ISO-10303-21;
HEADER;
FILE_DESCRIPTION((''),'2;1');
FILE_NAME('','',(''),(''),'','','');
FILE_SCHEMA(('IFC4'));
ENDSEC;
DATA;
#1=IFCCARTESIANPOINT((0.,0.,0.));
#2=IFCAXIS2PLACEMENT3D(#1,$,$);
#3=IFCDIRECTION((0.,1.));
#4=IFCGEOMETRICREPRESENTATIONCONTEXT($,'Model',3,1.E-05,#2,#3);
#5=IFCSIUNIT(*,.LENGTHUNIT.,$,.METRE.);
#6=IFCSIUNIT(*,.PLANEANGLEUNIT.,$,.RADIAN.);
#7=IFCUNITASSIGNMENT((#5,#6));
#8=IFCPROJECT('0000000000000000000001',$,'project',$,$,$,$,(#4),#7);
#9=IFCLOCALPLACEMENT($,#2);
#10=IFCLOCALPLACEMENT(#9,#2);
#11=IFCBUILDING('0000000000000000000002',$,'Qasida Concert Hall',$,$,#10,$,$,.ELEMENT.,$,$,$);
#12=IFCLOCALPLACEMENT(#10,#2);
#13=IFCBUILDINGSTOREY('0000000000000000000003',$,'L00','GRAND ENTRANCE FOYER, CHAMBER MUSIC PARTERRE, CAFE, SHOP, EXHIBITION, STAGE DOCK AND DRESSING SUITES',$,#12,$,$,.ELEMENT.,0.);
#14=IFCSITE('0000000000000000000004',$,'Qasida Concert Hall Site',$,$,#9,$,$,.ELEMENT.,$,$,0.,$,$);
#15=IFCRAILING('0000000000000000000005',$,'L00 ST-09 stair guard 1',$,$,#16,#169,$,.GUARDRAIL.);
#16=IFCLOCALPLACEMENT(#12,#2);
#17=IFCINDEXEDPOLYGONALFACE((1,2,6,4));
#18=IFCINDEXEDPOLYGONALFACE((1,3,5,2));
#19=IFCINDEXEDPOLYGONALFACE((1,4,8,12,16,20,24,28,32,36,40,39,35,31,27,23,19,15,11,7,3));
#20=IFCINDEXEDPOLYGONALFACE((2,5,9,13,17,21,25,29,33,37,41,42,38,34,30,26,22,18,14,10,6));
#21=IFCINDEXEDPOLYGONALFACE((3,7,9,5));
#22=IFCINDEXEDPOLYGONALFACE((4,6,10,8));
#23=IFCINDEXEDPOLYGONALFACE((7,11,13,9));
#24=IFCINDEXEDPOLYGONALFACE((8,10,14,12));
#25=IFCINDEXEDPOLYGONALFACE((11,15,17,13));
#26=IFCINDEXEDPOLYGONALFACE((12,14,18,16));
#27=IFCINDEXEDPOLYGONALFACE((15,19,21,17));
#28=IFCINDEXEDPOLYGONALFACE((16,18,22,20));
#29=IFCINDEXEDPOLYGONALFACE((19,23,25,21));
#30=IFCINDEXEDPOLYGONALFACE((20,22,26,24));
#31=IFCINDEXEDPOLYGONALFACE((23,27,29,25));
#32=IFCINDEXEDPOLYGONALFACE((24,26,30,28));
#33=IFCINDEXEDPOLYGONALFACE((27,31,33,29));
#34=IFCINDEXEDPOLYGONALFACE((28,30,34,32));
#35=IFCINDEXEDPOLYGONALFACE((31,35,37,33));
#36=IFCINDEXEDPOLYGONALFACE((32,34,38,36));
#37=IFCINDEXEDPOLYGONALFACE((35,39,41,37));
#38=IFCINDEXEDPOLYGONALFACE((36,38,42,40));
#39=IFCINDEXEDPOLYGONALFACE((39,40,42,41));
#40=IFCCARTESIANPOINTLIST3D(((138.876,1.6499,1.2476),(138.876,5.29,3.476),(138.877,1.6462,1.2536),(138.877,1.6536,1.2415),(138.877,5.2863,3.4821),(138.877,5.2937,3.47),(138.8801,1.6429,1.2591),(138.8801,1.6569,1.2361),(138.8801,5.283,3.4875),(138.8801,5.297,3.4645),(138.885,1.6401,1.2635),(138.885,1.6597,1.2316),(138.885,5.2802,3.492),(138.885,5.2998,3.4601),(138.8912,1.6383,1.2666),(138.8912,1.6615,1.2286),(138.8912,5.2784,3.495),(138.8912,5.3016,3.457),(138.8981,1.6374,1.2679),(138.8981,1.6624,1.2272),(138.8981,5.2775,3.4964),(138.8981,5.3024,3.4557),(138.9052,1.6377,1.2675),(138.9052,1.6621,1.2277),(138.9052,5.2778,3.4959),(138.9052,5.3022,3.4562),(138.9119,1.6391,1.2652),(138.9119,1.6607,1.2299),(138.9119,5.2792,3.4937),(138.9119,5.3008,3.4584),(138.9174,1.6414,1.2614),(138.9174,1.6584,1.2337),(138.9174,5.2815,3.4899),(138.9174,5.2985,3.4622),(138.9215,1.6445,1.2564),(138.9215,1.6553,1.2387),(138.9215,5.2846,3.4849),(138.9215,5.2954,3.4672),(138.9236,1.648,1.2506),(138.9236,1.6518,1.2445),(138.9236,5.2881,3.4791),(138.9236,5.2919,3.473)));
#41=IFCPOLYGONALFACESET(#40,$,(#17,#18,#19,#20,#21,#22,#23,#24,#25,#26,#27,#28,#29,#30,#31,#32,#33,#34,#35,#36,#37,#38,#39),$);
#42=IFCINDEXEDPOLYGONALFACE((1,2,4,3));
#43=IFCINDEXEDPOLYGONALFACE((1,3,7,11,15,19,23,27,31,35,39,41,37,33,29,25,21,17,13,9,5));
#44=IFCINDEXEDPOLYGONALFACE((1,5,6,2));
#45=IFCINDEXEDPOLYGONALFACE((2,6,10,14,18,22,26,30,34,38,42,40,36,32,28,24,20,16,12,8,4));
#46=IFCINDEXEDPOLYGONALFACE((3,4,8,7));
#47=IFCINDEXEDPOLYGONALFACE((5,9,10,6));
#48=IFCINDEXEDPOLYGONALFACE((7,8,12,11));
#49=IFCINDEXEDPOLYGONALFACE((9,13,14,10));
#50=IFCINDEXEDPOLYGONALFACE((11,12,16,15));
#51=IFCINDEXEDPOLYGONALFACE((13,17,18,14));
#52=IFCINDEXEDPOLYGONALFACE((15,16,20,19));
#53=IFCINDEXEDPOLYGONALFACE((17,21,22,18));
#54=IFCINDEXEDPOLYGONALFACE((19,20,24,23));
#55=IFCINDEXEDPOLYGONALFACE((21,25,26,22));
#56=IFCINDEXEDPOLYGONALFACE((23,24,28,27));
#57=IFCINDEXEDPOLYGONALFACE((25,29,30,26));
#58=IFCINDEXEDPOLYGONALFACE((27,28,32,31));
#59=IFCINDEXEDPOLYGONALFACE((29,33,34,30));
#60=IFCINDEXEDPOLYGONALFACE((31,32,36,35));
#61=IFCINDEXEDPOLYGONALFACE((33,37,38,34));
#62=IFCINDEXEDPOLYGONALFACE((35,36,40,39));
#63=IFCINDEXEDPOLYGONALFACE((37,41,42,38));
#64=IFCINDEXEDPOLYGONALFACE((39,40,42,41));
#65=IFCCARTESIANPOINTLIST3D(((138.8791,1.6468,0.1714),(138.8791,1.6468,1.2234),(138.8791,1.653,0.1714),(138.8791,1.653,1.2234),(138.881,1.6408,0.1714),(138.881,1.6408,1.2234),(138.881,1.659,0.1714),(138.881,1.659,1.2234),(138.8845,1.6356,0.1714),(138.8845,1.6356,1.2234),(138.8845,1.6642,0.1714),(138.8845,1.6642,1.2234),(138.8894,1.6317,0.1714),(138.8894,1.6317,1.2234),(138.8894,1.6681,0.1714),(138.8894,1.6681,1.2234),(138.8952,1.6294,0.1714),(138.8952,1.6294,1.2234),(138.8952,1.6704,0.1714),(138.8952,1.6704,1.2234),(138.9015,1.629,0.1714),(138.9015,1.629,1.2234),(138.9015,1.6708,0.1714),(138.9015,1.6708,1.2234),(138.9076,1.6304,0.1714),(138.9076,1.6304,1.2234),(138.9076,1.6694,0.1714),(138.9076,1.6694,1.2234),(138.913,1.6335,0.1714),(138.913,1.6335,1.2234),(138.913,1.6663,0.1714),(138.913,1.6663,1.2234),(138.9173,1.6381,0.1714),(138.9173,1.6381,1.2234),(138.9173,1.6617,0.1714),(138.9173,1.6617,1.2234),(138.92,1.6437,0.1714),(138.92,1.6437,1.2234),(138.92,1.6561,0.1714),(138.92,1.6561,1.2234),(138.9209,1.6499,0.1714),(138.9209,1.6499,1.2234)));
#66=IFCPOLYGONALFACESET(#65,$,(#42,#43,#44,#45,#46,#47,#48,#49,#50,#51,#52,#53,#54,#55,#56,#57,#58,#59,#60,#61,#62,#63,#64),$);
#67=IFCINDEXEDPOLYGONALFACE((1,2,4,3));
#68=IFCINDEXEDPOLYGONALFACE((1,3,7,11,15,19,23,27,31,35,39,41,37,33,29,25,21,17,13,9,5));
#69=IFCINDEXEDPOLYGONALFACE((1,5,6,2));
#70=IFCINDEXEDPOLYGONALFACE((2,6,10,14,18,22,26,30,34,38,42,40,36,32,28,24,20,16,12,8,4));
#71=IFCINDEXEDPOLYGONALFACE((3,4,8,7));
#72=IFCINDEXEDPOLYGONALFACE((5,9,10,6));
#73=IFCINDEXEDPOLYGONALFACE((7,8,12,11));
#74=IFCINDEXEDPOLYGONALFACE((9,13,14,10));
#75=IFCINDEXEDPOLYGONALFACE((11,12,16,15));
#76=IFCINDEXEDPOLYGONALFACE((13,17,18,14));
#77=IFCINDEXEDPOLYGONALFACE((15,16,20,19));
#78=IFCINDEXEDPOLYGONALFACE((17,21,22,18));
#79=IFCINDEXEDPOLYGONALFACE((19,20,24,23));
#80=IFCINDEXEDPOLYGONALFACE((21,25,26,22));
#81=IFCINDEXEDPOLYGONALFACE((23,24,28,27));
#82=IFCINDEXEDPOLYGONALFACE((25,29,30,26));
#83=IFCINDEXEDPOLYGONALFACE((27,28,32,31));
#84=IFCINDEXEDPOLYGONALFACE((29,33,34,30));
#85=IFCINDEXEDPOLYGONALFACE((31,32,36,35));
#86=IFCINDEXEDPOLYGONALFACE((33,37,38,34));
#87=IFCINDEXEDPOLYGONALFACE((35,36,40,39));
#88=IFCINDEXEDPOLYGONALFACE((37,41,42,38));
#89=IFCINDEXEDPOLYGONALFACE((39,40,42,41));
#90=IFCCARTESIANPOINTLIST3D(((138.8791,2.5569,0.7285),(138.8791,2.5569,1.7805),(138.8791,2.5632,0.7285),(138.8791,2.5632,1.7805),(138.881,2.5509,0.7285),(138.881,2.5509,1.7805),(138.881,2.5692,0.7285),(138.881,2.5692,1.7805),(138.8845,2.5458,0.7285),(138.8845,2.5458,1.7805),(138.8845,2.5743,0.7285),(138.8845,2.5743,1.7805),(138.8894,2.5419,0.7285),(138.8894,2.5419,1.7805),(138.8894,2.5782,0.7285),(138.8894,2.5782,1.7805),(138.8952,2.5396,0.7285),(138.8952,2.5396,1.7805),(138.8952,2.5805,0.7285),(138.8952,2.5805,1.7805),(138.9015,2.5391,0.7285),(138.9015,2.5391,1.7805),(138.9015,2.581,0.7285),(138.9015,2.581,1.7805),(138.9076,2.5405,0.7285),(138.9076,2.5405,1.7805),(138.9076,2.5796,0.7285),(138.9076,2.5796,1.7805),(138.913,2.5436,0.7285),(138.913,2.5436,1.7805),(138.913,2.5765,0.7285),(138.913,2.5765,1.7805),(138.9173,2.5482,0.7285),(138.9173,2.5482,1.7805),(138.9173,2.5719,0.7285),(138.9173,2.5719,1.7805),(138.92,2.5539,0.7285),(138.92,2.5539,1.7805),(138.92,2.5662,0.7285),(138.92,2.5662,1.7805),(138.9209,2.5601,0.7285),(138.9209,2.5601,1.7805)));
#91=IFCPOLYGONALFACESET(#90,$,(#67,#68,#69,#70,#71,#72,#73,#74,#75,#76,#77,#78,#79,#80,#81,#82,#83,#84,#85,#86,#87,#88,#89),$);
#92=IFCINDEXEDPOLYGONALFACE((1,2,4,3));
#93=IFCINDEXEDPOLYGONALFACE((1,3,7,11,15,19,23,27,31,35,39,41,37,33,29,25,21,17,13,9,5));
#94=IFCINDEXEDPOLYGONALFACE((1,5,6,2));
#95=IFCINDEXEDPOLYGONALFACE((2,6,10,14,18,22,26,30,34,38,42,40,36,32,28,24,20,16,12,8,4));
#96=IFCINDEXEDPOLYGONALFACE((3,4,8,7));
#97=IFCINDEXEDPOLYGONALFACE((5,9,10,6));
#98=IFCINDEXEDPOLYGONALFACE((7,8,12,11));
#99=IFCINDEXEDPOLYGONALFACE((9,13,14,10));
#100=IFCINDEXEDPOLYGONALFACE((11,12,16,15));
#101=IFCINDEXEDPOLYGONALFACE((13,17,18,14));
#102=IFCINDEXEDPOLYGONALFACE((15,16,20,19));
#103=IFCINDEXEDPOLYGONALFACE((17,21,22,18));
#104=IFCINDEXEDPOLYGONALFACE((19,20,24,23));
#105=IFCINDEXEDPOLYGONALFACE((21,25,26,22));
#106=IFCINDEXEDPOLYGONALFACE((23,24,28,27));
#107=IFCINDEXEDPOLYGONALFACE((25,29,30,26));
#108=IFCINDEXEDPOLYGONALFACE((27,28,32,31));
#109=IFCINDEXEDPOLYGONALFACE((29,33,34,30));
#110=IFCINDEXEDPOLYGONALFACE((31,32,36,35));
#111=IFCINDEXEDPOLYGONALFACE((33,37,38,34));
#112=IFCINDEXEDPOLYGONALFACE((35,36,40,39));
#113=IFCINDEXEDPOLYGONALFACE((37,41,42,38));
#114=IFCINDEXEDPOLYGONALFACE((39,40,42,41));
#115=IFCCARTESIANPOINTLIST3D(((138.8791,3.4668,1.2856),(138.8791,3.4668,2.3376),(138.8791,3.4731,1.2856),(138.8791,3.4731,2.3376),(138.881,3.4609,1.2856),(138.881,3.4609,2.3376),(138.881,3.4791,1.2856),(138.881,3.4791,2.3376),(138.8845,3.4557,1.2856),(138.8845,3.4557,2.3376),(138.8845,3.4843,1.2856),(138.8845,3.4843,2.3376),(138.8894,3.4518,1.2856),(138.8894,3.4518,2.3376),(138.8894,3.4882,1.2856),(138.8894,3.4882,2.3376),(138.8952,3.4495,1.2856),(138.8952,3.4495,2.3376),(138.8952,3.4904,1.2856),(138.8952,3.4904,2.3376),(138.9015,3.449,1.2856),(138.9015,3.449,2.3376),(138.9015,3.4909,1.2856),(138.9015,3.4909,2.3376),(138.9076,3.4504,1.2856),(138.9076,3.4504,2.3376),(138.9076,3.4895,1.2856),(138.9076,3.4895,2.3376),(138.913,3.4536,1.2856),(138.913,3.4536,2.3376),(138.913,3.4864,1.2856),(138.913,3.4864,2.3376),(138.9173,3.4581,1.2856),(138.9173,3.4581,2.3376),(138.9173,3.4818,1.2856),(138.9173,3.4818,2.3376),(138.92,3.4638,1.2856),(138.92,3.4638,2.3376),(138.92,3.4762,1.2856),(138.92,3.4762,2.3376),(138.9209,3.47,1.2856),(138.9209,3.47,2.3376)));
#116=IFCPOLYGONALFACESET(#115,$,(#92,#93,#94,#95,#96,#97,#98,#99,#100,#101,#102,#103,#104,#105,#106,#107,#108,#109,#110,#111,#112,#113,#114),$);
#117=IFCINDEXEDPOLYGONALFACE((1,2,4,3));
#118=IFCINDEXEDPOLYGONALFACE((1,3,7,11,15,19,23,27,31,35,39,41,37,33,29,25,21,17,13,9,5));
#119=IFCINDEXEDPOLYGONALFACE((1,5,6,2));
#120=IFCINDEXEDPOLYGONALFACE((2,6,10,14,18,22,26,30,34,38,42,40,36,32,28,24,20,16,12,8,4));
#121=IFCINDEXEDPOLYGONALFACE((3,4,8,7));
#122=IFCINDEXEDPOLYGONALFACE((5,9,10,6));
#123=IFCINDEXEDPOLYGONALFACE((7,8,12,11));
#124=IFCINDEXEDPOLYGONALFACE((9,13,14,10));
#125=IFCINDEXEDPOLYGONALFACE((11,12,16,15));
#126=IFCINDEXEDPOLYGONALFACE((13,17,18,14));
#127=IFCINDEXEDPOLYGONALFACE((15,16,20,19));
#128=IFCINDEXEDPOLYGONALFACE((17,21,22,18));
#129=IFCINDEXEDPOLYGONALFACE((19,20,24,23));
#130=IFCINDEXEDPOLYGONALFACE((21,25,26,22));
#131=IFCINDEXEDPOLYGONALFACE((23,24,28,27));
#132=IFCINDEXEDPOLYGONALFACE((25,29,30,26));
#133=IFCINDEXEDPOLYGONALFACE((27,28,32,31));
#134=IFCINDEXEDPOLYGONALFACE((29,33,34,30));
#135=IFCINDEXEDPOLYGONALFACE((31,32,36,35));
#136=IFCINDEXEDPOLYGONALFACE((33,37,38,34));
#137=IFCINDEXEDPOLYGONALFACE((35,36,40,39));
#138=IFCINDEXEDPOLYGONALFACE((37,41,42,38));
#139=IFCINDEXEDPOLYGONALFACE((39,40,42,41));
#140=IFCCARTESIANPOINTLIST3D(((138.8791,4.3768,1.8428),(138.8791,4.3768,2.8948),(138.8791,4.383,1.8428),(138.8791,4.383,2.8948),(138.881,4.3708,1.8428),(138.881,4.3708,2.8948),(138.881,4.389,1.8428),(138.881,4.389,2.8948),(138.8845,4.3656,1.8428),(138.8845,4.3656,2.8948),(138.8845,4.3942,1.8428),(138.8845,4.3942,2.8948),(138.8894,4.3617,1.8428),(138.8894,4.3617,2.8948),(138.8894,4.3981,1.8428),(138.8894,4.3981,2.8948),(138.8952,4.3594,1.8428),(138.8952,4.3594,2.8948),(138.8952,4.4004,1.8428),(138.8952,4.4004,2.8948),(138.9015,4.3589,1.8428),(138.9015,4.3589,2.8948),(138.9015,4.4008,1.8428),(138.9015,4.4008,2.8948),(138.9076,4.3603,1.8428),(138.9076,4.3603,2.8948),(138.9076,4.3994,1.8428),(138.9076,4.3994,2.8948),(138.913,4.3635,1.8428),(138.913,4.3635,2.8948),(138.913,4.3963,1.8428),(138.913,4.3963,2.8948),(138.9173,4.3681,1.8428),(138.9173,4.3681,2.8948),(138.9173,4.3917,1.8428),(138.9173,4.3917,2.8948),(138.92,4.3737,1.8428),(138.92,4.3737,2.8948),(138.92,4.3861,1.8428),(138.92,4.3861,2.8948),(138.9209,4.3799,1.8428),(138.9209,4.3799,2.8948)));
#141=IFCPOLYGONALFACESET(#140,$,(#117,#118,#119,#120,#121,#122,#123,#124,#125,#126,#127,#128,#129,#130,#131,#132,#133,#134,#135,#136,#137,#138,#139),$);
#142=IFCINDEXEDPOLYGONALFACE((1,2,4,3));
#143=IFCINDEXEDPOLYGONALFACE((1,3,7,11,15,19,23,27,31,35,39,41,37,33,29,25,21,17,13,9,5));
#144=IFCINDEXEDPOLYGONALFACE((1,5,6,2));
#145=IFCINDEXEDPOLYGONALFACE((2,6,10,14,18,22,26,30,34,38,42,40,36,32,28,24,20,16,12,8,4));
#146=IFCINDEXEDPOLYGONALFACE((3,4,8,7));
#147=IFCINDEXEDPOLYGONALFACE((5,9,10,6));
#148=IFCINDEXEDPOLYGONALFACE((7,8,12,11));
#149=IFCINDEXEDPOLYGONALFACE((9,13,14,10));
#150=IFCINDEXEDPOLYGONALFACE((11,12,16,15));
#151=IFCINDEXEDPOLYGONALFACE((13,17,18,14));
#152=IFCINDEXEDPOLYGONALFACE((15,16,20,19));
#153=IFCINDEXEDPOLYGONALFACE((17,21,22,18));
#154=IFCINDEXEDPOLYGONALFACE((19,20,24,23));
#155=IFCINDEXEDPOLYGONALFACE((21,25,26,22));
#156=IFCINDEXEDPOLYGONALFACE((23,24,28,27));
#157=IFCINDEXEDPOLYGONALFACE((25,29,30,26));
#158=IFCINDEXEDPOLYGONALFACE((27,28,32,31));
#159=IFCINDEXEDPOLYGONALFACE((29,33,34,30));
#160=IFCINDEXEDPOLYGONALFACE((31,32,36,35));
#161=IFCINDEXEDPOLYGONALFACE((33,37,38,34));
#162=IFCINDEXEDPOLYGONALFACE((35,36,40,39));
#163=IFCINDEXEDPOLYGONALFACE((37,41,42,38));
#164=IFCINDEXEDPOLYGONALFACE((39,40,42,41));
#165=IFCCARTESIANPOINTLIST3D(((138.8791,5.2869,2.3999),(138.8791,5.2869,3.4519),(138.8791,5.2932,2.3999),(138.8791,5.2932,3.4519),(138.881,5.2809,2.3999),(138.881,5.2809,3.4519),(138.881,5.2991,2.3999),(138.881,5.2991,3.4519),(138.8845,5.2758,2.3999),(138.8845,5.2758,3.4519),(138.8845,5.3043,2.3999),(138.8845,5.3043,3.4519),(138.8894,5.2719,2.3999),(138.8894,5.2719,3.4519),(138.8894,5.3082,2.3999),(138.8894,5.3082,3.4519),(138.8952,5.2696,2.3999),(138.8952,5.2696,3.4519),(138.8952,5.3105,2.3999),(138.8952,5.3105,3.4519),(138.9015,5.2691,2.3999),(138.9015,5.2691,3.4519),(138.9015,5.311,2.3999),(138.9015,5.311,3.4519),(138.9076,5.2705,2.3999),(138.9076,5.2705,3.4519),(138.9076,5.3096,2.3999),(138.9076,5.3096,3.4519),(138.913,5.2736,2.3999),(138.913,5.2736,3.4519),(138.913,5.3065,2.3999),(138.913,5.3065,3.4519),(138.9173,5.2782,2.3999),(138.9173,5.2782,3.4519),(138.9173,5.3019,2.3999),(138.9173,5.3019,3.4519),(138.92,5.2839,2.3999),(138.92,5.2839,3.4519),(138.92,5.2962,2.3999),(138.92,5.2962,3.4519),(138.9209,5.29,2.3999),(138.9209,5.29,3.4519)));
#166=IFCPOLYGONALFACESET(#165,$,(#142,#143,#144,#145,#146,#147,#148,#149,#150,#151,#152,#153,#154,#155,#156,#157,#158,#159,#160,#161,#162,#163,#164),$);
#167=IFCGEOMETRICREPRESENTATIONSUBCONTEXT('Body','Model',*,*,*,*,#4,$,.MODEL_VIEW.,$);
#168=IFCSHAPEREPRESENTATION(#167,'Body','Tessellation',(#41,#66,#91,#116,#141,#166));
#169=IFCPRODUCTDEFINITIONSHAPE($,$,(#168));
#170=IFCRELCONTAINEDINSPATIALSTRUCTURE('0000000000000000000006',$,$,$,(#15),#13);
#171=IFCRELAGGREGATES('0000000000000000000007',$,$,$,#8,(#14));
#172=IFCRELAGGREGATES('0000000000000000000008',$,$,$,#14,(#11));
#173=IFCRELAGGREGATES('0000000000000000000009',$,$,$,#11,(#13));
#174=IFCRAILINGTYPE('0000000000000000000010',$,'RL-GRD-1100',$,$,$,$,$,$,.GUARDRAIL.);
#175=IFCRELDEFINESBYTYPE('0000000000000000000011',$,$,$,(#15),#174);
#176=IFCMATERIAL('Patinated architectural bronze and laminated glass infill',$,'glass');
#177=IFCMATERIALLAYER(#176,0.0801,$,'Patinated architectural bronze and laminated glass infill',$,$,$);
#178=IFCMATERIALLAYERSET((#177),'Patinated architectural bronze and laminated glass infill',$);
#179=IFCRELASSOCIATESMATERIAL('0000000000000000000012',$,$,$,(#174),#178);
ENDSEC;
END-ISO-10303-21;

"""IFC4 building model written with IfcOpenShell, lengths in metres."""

from ifc_helpers import new_model, si_unit, direction, frame, origin, origin_2d, place, context, subcontext, project, spatial, circle, extrude, material, layer, layer_set, type_object, element, save


model = new_model("IFC4")

# Units and contexts
model_context = context("Model", 3, precision=1e-05, world=origin(), true_north=direction((0.0, 1.0)))
body_context = subcontext(model_context, "Body", "Model", "MODEL_VIEW")
ifc_project = project(units=[si_unit("LENGTHUNIT", "METRE"), si_unit("PLANEANGLEUNIT", "RADIAN")], contexts=[model_context])

# Site, building, storey
site_placement = place(None, origin())
site = spatial("IfcSite", under=ifc_project, at=site_placement, Name="Qasida Concert Hall Site", CompositionType="ELEMENT", RefElevation=0.0)
building_placement = place(site_placement, origin())
building = spatial("IfcBuilding", under=site, at=building_placement, Name="Qasida Concert Hall", CompositionType="ELEMENT")
storey_placement = place(building_placement, origin())
storey = spatial("IfcBuildingStorey", under=building, at=storey_placement, Name="L00", Description="GRAND ENTRANCE FOYER, CHAMBER MUSIC PARTERRE, CAFE, SHOP, EXHIBITION, STAGE DOCK AND DRESSING SUITES", CompositionType="ELEMENT", Elevation=0.0)

# Railing
ifc_material_1 = material(Name="Patinated architectural bronze and laminated glass infill", Category="glass")
ifc_layer_1 = layer(ifc_material_1, 0.0801, Name="Patinated architectural bronze and laminated glass infill")
ifc_layer_set_1 = layer_set([ifc_layer_1], Name="Patinated architectural bronze and laminated glass infill")
railing_type_1 = type_object("IfcRailingType", Name="RL-GRD-1100", PredefinedType="GUARDRAIL", material=ifc_layer_set_1)
railing_1_placement = place(storey_placement, frame((138.8999, 1.6499, 0.1714)))
element("IfcRailing", 1, at=railing_1_placement, inside=storey, type_object=railing_type_1, Name="L00 ST-09 stair guard 1", PredefinedType="GUARDRAIL", context=body_context, shape_type="SweptSolid", body=[
    extrude(circle(Radius=0.0239, at=origin_2d()), frame((0.0, 0.0, 1.0762), z_axis=(0.0, 0.852866, 0.52213), x_axis=(-1.0, 0.0, 0.0)), (0.0, 0.0, 1.0), 4.2681),
    extrude(circle(Radius=0.021, at=origin_2d()), origin(), (0.0, 0.0, 1.0), 1.052),
    extrude(circle(Radius=0.021, at=origin_2d()), frame((0.0, 0.9102, 0.5571)), (0.0, 0.0, 1.0), 1.052),
    extrude(circle(Radius=0.021, at=origin_2d()), frame((0.0, 1.8201, 1.1143)), (0.0, 0.0, 1.0), 1.052),
    extrude(circle(Radius=0.021, at=origin_2d()), frame((0.0, 2.73, 1.6714)), (0.0, 0.0, 1.0), 1.052),
    extrude(circle(Radius=0.021, at=origin_2d()), frame((0.0, 3.6401, 2.2285)), (0.0, 0.0, 1.0), 1.052),
])

save(model, "model.ifc")
